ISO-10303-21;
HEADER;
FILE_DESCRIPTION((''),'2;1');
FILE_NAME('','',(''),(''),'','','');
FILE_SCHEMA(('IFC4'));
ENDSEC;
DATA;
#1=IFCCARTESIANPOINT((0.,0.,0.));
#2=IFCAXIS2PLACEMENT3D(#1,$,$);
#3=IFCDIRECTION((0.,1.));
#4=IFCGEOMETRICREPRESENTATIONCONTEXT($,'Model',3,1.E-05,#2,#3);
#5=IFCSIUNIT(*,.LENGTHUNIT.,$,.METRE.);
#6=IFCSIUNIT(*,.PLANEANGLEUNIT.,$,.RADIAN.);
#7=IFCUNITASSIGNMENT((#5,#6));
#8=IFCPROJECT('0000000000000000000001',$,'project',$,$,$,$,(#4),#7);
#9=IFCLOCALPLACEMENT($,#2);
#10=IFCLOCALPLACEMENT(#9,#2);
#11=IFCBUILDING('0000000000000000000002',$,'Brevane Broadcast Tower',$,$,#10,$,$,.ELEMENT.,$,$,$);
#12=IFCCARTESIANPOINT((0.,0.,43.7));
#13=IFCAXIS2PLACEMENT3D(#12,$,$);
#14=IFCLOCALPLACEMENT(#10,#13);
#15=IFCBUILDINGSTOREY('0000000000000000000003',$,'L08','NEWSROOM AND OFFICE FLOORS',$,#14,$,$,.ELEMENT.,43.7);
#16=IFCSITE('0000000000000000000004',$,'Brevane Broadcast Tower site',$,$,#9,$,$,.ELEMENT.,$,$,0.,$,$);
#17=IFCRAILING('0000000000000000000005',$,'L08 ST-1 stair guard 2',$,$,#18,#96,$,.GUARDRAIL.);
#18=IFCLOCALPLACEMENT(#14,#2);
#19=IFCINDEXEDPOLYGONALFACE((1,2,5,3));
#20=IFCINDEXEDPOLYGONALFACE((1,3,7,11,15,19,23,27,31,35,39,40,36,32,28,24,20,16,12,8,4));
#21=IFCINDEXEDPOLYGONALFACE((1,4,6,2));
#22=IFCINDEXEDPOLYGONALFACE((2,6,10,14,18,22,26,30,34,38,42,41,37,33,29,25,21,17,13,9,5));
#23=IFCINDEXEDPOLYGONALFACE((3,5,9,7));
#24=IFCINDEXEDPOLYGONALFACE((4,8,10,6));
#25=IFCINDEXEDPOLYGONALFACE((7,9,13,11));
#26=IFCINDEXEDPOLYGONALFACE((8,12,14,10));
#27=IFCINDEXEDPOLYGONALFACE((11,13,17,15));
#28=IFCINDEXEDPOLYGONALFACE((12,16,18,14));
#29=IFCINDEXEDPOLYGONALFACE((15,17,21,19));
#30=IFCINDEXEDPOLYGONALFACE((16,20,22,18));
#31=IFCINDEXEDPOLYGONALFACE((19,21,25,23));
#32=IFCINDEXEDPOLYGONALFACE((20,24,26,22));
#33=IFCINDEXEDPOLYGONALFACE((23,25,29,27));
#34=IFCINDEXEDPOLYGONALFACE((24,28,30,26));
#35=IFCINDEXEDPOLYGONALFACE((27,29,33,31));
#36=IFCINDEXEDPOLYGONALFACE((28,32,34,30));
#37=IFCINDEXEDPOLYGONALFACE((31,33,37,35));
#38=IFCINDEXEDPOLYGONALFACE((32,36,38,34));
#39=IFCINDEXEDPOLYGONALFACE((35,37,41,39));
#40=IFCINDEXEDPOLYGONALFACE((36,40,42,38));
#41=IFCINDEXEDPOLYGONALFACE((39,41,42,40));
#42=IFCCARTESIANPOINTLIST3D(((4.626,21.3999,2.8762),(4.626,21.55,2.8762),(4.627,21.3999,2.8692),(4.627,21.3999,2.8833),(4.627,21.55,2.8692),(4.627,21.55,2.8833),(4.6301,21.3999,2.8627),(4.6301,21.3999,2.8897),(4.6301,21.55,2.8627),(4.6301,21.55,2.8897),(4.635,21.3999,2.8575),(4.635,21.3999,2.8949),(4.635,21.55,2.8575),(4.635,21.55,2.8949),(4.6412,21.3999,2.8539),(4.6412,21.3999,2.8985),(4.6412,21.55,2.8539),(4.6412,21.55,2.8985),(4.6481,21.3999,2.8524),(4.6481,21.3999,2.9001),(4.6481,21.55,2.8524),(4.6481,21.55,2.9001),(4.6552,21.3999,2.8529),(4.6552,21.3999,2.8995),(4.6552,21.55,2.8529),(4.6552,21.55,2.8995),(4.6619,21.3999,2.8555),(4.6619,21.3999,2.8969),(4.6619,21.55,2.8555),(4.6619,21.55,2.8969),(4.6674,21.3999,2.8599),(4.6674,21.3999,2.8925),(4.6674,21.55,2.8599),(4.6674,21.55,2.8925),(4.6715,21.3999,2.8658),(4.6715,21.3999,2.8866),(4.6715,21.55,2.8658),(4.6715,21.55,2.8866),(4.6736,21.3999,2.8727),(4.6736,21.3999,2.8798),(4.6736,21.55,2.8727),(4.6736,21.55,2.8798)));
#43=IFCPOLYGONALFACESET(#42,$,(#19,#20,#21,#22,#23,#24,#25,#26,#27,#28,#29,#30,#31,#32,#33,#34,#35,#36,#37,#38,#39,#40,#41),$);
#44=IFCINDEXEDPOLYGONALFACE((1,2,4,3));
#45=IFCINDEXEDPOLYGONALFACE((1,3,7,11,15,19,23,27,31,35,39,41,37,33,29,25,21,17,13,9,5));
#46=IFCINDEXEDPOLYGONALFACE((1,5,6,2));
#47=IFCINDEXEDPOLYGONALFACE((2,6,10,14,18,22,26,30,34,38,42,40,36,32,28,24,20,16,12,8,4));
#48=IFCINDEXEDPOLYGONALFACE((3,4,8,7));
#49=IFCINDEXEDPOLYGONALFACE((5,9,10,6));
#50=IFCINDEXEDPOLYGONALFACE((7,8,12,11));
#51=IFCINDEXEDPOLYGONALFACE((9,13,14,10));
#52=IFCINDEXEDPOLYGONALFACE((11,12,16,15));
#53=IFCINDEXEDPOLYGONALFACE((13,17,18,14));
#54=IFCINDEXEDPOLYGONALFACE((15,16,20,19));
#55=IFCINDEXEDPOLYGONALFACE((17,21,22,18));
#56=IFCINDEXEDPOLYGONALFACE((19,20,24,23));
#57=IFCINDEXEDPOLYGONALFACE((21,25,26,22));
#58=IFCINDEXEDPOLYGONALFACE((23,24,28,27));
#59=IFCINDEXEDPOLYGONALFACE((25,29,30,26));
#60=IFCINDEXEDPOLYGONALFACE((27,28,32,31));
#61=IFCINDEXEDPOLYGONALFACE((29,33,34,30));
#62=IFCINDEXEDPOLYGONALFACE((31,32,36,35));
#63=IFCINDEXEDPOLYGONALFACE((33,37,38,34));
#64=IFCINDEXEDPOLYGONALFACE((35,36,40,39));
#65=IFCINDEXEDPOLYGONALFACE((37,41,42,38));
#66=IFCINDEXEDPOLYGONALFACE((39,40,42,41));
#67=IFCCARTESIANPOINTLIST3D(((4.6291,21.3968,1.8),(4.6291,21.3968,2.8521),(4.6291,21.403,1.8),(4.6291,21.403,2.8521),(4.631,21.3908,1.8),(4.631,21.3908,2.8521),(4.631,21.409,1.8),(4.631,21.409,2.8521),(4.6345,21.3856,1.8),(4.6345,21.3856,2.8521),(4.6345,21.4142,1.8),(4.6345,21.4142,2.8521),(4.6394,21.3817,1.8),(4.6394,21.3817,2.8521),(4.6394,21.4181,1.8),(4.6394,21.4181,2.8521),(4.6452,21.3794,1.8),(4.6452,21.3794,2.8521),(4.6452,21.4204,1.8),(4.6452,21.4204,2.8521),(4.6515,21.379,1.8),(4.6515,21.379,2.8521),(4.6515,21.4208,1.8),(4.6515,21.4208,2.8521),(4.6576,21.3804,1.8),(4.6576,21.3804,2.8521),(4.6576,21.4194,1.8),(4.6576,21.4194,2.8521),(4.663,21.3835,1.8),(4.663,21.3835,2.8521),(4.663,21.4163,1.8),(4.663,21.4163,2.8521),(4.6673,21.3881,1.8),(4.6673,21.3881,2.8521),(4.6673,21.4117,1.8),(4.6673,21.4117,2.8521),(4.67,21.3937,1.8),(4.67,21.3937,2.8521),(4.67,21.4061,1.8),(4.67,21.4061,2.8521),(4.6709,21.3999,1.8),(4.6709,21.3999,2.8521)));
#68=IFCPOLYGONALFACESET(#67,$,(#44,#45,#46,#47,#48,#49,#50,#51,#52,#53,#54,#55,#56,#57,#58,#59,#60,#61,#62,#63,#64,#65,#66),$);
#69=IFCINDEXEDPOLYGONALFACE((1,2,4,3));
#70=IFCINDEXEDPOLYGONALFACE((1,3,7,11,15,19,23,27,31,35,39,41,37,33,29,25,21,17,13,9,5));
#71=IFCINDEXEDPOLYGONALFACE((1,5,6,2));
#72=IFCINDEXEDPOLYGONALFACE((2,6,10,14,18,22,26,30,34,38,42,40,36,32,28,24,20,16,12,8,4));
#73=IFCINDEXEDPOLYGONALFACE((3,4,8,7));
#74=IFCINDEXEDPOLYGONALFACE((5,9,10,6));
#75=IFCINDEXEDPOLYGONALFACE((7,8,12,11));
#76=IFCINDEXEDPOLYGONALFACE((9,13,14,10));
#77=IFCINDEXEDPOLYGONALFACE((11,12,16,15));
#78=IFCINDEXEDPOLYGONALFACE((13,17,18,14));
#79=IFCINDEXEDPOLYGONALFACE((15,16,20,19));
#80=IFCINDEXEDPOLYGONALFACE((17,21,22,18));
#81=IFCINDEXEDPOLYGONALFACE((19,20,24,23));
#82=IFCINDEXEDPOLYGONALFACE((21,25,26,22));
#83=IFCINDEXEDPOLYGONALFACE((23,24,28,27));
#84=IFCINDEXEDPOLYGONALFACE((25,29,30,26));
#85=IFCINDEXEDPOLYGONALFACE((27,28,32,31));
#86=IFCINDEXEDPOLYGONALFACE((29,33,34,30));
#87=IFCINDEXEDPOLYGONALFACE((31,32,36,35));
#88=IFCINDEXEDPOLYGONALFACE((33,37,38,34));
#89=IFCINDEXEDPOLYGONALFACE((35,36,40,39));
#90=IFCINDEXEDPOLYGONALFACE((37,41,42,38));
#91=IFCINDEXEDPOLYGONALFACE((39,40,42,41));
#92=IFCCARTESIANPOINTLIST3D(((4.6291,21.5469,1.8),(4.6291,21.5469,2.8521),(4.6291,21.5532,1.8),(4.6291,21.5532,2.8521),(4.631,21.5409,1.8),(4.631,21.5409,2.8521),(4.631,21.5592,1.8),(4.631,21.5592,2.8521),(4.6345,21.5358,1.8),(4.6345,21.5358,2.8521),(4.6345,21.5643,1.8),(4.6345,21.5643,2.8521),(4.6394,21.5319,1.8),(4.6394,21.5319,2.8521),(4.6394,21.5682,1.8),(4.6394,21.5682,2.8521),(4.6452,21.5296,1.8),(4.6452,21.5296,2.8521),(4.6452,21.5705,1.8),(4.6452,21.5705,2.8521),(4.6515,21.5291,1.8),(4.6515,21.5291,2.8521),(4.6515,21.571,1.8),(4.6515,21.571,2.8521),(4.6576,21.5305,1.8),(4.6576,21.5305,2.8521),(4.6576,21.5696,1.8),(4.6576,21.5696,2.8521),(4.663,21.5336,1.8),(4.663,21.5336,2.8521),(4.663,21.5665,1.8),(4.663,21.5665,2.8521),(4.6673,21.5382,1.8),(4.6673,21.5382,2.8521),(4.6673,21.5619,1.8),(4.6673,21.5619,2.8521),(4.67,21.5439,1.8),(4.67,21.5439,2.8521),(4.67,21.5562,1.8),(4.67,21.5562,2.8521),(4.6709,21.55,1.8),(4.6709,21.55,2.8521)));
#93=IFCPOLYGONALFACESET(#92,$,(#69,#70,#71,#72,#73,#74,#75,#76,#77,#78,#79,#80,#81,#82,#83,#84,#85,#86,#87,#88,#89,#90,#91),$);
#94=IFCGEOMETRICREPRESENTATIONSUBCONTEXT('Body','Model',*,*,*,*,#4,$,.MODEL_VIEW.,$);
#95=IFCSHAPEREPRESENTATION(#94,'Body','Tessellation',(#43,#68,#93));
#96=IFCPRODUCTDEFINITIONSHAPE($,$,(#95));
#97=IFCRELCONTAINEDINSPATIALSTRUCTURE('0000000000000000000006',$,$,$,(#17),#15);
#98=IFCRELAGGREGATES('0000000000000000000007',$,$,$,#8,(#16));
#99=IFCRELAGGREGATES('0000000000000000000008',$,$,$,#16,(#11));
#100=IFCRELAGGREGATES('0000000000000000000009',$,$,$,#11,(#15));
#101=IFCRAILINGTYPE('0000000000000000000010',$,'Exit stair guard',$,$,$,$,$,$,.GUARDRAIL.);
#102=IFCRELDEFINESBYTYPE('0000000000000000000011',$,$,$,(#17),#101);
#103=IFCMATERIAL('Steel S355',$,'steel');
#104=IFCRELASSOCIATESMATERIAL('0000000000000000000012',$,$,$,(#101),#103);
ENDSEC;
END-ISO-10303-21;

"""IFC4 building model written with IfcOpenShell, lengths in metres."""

from ifc_helpers import new_model, si_unit, direction, frame, origin, origin_2d, place, context, subcontext, project, spatial, circle, extrude, material, type_object, element, save


model = new_model("IFC4")

# Units and contexts
model_context = context("Model", 3, precision=1e-05, world=origin(), true_north=direction((0.0, 1.0)))
body_context = subcontext(model_context, "Body", "Model", "MODEL_VIEW")
ifc_project = project(units=[si_unit("LENGTHUNIT", "METRE"), si_unit("PLANEANGLEUNIT", "RADIAN")], contexts=[model_context])

# Site, building, storey
site_placement = place(None, origin())
site = spatial("IfcSite", under=ifc_project, at=site_placement, Name="Brevane Broadcast Tower site", CompositionType="ELEMENT", RefElevation=0.0)
building_placement = place(site_placement, origin())
building = spatial("IfcBuilding", under=site, at=building_placement, Name="Brevane Broadcast Tower", CompositionType="ELEMENT")
storey_placement = place(building_placement, frame((0.0, 0.0, 43.7)))
storey = spatial("IfcBuildingStorey", under=building, at=storey_placement, Name="L08", Description="NEWSROOM AND OFFICE FLOORS", CompositionType="ELEMENT", Elevation=43.7)

# Railing
ifc_material_1 = material(Name="Steel S355", Category="steel")
railing_type = type_object("IfcRailingType", Name="Exit stair guard", PredefinedType="GUARDRAIL", material=ifc_material_1)
railing_placement = place(storey_placement, frame((4.6499, 21.3999, 1.8)))
element("IfcRailing", 1, at=railing_placement, inside=storey, type_object=railing_type, Name="L08 ST-1 stair guard 2", PredefinedType="GUARDRAIL", context=body_context, shape_type="SweptSolid", body=[
    extrude(circle(Radius=0.0239, at=origin_2d()), frame((0.0, 0.0, 1.0762), z_axis=(0.0, 1.0, 0.0), x_axis=(-1.0, 0.0, 0.0)), (0.0, 0.0, 1.0), 0.1501),
    extrude(circle(Radius=0.021, at=origin_2d()), origin(), (0.0, 0.0, 1.0), 1.052),
    extrude(circle(Radius=0.021, at=origin_2d()), frame((0.0, 0.1501, 0.0)), (0.0, 0.0, 1.0), 1.052),
])

save(model, "model.ifc")
